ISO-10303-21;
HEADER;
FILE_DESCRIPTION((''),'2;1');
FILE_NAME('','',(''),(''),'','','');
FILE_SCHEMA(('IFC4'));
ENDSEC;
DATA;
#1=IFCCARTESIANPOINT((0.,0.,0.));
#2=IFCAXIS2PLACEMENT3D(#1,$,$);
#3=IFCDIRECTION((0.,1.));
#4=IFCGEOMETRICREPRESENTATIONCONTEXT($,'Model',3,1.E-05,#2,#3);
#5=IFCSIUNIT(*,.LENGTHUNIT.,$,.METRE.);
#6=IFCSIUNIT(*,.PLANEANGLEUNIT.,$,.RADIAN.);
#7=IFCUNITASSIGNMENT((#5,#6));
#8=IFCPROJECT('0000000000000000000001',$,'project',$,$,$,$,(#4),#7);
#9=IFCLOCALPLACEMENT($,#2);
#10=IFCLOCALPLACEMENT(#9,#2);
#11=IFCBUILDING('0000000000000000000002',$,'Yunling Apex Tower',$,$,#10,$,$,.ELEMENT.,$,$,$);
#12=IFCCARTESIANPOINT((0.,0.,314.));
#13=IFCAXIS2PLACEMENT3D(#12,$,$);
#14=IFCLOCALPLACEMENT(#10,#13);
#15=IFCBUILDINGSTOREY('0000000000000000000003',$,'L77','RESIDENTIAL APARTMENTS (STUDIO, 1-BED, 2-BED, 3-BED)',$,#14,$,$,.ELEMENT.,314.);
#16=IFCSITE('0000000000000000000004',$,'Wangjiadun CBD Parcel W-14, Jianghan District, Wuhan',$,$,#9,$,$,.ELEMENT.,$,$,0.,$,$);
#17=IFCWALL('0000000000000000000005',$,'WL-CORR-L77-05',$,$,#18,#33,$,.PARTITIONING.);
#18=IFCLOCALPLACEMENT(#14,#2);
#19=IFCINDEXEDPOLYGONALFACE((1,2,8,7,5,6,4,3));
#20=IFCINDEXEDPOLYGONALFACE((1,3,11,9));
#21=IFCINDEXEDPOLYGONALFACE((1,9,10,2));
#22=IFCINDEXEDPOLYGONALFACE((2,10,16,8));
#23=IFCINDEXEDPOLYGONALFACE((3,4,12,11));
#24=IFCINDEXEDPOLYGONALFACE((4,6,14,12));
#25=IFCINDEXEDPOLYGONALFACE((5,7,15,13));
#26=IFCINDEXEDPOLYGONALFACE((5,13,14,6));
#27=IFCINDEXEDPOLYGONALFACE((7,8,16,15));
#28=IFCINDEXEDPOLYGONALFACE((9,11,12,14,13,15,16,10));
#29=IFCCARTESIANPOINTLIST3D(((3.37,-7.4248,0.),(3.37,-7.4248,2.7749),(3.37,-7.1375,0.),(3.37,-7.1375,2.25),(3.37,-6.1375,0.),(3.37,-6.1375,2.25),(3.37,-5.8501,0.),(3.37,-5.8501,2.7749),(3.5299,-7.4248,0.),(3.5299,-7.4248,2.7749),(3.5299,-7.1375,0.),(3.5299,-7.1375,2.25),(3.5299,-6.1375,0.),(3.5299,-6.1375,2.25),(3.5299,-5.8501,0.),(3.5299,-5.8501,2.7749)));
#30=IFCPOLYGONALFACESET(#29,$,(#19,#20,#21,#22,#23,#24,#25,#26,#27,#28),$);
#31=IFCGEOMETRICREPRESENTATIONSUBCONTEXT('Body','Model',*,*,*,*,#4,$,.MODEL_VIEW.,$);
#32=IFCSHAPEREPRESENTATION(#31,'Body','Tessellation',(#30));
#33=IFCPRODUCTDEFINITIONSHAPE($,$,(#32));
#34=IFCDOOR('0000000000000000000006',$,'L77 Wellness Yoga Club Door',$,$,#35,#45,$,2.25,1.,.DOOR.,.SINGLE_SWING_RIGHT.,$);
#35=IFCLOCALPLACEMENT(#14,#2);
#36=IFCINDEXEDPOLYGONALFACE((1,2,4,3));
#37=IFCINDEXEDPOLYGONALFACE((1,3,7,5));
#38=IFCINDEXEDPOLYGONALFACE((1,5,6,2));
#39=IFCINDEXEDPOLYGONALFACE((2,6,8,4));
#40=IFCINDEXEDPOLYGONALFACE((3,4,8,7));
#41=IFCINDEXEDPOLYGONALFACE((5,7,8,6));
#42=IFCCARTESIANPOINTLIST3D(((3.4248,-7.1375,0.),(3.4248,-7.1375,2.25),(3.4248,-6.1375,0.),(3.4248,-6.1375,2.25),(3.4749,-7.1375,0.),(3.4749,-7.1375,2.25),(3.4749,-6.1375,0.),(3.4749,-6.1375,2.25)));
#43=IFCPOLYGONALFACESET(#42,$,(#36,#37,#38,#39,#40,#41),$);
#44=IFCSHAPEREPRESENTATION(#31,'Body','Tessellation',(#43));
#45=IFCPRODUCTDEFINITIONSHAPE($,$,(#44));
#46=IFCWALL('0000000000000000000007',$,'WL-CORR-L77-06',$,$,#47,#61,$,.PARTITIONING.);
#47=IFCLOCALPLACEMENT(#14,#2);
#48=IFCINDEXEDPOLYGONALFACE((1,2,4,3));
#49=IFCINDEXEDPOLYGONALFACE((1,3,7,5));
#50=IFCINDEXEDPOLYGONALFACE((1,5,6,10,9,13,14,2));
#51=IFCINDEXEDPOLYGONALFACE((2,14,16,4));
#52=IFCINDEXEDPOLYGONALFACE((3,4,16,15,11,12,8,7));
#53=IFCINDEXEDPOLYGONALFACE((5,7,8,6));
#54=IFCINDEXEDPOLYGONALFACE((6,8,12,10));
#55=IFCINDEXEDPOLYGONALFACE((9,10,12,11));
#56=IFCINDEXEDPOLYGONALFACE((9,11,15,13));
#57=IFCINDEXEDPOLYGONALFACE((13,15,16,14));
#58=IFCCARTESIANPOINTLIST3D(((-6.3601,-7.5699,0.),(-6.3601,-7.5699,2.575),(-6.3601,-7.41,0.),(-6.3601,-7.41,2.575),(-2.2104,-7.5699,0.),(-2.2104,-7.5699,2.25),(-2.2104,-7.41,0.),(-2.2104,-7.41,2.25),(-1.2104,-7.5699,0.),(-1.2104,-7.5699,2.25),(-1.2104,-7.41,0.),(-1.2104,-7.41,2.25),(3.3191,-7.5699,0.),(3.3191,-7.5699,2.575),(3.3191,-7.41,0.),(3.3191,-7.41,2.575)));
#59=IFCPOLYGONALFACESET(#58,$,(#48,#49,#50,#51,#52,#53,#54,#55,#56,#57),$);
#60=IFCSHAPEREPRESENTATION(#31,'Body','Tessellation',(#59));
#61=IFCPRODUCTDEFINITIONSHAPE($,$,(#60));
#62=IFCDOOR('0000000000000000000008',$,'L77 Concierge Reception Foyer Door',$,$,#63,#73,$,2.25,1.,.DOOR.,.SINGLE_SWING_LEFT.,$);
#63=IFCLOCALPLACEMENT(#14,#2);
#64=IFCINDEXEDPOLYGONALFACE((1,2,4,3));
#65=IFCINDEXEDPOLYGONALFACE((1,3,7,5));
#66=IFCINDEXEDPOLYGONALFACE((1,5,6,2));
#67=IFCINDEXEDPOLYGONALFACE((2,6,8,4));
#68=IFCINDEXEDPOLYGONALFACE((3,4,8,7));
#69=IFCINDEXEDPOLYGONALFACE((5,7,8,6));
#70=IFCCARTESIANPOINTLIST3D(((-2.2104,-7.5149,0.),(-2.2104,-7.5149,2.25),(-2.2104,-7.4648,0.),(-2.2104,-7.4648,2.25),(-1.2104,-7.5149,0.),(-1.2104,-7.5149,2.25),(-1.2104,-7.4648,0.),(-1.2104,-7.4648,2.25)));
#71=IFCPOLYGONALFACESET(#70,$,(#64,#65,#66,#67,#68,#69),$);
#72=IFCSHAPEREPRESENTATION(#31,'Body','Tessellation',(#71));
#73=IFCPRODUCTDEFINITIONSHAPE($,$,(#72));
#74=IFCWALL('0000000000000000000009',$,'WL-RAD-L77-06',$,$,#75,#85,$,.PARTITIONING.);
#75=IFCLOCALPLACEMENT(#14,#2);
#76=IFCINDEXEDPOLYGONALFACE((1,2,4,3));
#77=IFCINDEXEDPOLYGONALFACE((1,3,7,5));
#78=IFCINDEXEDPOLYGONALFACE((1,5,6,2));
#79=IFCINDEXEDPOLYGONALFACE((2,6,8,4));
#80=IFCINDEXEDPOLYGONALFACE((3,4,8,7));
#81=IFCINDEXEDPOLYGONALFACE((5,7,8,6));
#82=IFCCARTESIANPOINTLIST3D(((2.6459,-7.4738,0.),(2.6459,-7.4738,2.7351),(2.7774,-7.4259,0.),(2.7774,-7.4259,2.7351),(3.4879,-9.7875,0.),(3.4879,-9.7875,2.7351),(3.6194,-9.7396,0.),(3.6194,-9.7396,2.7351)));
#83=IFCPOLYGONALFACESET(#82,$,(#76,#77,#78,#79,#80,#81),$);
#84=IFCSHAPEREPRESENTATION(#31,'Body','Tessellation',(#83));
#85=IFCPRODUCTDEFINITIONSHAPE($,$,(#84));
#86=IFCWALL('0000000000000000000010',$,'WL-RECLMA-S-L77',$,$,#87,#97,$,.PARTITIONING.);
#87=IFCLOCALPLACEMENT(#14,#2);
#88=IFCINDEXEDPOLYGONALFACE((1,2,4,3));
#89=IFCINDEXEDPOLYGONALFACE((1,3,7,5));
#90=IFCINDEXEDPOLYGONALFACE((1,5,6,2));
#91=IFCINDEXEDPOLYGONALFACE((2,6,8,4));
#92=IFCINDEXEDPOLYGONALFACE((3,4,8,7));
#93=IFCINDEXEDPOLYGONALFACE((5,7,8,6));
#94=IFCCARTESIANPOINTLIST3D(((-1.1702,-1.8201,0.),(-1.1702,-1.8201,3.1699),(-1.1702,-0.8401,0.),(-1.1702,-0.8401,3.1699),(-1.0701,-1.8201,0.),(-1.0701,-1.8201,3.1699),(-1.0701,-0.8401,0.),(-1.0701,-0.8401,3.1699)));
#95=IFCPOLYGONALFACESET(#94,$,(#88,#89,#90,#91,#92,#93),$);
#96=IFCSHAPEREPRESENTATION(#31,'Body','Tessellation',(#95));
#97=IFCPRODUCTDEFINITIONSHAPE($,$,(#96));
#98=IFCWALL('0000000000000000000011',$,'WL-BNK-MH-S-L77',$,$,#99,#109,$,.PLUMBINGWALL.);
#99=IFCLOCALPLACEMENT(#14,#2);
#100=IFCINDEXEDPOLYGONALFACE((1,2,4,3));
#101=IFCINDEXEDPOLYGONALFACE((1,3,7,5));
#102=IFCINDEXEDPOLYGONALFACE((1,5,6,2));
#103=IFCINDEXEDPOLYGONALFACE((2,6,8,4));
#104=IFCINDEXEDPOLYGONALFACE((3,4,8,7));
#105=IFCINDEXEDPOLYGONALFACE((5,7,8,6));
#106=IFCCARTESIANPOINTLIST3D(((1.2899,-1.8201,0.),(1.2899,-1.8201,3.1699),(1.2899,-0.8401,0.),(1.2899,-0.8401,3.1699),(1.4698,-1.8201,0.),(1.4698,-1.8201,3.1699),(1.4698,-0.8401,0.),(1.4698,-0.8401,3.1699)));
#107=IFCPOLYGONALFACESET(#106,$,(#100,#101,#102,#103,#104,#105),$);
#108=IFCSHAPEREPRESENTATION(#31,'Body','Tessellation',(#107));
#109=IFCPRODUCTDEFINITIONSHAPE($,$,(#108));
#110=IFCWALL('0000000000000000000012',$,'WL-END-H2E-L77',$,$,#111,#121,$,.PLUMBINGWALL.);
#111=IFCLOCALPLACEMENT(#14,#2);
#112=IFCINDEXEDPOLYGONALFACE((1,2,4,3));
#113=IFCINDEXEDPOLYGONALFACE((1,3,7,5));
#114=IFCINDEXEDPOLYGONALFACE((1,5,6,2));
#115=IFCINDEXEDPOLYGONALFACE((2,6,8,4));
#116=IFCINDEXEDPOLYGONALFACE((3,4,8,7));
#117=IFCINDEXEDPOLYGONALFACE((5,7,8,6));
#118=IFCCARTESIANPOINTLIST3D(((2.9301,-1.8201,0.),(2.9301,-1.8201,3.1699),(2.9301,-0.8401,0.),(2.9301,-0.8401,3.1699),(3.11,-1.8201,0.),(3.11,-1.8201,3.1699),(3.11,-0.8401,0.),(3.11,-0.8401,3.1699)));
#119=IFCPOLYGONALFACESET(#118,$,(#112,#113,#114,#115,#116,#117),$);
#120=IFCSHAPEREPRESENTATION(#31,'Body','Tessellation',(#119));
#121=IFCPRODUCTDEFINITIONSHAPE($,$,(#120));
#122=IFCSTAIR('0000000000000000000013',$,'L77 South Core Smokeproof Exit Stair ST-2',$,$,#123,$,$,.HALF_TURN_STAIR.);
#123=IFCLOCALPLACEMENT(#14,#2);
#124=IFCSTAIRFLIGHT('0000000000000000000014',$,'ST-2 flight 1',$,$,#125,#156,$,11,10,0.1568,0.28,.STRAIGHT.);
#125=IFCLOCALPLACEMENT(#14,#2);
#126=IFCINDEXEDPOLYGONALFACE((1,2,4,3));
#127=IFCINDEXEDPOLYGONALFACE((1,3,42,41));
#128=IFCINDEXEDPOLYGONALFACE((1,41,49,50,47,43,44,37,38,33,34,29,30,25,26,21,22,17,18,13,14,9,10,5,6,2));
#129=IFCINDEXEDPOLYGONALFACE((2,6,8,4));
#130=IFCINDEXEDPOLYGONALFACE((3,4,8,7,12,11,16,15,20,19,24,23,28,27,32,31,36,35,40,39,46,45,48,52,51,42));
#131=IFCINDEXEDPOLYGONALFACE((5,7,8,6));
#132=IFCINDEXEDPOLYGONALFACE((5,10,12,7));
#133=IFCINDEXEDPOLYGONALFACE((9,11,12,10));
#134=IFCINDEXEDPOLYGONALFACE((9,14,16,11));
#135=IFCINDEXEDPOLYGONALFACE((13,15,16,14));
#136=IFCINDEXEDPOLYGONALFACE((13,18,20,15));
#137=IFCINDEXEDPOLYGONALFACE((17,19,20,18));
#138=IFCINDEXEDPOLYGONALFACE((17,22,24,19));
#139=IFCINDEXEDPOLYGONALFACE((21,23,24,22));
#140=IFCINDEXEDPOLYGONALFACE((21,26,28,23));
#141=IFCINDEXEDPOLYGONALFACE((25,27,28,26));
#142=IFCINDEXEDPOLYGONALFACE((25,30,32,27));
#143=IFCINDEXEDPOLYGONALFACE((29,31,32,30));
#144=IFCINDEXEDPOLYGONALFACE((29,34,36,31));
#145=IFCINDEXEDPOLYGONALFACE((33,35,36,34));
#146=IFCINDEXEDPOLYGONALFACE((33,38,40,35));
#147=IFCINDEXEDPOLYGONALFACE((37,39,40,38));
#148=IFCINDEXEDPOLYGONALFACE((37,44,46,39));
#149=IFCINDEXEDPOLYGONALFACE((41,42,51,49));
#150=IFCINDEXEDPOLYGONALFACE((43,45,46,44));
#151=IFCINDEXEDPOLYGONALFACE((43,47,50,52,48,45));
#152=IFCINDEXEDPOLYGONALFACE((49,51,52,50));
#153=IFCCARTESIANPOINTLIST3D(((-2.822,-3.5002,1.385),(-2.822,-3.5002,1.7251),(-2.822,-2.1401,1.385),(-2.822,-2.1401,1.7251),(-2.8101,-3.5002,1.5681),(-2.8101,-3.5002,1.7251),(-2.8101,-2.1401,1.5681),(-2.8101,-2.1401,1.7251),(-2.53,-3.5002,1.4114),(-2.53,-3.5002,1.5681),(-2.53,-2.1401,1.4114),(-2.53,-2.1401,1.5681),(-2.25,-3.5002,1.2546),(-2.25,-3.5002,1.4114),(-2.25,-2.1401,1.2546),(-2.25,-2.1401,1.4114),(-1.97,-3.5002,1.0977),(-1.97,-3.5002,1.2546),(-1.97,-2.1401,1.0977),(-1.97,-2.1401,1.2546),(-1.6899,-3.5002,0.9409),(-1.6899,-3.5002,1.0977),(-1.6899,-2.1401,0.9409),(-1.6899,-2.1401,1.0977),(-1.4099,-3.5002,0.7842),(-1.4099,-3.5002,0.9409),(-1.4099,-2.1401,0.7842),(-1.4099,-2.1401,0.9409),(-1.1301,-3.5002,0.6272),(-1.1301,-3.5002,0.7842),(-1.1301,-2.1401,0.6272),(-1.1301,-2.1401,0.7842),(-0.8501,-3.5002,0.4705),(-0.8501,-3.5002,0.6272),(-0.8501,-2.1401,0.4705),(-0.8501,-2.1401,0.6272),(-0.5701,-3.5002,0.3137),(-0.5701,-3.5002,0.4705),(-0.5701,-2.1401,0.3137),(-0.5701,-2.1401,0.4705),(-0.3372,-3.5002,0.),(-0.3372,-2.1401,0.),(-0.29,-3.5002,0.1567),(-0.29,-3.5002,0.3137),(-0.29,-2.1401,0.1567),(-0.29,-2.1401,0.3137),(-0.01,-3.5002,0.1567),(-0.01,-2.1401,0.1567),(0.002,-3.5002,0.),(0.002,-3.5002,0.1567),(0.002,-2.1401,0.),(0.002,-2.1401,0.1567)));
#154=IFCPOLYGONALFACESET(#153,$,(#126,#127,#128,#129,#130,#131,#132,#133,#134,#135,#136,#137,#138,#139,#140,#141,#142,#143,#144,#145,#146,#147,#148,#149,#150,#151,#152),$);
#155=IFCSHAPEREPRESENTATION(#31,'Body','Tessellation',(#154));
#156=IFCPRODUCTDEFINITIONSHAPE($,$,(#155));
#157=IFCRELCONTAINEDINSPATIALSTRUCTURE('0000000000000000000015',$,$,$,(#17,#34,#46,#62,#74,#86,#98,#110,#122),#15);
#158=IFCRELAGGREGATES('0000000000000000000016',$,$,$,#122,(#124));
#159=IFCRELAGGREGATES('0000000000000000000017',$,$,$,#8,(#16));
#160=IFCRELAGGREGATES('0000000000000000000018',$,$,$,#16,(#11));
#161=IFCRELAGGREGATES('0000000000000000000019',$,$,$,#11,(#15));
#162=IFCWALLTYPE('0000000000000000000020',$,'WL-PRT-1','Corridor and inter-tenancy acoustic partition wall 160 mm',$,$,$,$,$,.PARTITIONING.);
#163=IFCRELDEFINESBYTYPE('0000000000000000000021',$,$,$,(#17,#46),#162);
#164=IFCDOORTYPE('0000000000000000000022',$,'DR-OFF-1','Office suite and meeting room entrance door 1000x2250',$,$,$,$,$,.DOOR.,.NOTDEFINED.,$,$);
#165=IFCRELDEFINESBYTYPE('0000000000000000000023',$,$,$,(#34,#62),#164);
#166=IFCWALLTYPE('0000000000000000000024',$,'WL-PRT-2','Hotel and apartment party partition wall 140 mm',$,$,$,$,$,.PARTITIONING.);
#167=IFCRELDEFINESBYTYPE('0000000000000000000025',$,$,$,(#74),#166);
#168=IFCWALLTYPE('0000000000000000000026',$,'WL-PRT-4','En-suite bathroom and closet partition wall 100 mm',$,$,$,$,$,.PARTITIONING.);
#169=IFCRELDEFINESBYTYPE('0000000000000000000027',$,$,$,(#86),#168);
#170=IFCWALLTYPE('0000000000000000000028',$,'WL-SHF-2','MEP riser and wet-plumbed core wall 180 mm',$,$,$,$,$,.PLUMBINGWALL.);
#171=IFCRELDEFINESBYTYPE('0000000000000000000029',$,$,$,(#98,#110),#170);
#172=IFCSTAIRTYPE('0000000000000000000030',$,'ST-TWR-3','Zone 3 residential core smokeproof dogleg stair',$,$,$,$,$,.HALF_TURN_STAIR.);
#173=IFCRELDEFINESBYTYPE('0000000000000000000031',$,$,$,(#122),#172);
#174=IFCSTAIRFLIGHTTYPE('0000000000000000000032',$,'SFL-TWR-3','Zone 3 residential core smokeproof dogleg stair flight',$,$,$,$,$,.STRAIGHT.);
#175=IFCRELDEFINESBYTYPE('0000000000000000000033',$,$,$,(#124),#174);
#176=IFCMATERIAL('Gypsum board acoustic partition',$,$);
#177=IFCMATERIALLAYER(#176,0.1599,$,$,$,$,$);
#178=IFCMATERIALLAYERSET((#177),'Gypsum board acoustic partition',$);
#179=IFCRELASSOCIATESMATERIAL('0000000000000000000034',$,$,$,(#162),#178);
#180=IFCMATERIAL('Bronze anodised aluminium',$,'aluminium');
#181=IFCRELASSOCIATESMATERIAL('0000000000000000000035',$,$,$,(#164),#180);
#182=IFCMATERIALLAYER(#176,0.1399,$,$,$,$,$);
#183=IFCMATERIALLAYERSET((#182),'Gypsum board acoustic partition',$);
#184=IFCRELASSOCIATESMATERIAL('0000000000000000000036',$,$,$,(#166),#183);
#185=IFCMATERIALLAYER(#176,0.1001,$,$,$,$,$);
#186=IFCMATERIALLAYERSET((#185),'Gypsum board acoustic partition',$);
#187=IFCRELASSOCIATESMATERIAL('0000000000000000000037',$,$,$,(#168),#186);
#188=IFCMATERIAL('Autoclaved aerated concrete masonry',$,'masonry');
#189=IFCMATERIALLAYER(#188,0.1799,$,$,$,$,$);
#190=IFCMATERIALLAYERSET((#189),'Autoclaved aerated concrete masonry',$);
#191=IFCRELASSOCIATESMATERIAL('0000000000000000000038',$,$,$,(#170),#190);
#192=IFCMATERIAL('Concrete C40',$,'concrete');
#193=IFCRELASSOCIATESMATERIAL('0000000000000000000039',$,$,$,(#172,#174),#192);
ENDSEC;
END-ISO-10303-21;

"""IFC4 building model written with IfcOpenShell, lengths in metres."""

from ifc_helpers import new_model, si_unit, direction, frame, frame_2d, origin, place, context, subcontext, project, spatial, polyline, rectangle, outline, extrude, material, layer, layer_set, type_object, element, fill, aggregate, save


model = new_model("IFC4")

# Units and contexts
model_context = context("Model", 3, precision=1e-05, world=origin(), true_north=direction((0.0, 1.0)))
body_context = subcontext(model_context, "Body", "Model", "MODEL_VIEW")
ifc_project = project(units=[si_unit("LENGTHUNIT", "METRE"), si_unit("PLANEANGLEUNIT", "RADIAN")], contexts=[model_context])

# Site, building, storey
site_placement = place(None, origin())
site = spatial("IfcSite", under=ifc_project, at=site_placement, Name="Wangjiadun CBD Parcel W-14, Jianghan District, Wuhan", CompositionType="ELEMENT", RefElevation=0.0)
building_placement = place(site_placement, origin())
building = spatial("IfcBuilding", under=site, at=building_placement, Name="Yunling Apex Tower", CompositionType="ELEMENT")
storey_placement = place(building_placement, frame((0.0, 0.0, 314.0)))
storey = spatial("IfcBuildingStorey", under=building, at=storey_placement, Name="L77", Description="RESIDENTIAL APARTMENTS (STUDIO, 1-BED, 2-BED, 3-BED)", CompositionType="ELEMENT", Elevation=314.0)

# Shared definitions
ifc_material_1 = material(Name="Bronze anodised aluminium", Category="aluminium")

# Shared definitions
ifc_material_2 = material(Name="Concrete C40", Category="concrete")

# Walls, openings, doors
ifc_material_3 = material(Name="Gypsum board acoustic partition")
ifc_layer_1 = layer(ifc_material_3, 0.1599)
ifc_layer_set_1 = layer_set([ifc_layer_1], Name="Gypsum board acoustic partition")
wall_type_1 = type_object("IfcWallType", Name="WL-PRT-1", Description="Corridor and inter-tenancy acoustic partition wall 160 mm", PredefinedType="PARTITIONING", material=ifc_layer_set_1)
wall_1_placement = place(storey_placement, frame((3.45, -5.8501, 0.0), z_axis=(0.0, 0.0, 1.0), x_axis=(0.0, -1.0, 0.0)))
wall_1 = element("IfcWall", 1, at=wall_1_placement, inside=storey, type_object=wall_type_1, Name="WL-CORR-L77-05", PredefinedType="PARTITIONING", context=body_context, shape_type="SweptSolid", body=[
    extrude(rectangle(XDim=1.5747, YDim=0.1599, at=frame_2d((0.7874, 0.0))), origin(), (0.0, 0.0, 1.0), 2.7749),
])
opening_1_placement = place(wall_1_placement, frame((0.2874, 0.0, 0.0)))
opening_1 = element("IfcOpeningElement", 2, at=opening_1_placement, cuts=wall_1, PredefinedType="OPENING", context=body_context, shape_type="SweptSolid", body=[
    extrude(rectangle(XDim=1.0, YDim=2.25, at=frame_2d((0.5, 1.125))), frame((0.0, 0.0898, 0.0), z_axis=(0.0, -1.0, 0.0), x_axis=(1.0, 0.0, 0.0)), (0.0, 0.0, 1.0), 0.1799),
])
door_type_1 = type_object("IfcDoorType", Name="DR-OFF-1", Description="Office suite and meeting room entrance door 1000x2250", OperationType="NOTDEFINED", PredefinedType="DOOR", material=ifc_material_1)
door_1_placement = place(opening_1_placement, origin())
door_1 = element("IfcDoor", 3, at=door_1_placement, inside=storey, type_object=door_type_1, Name="L77 Wellness Yoga Club Door", OperationType="SINGLE_SWING_RIGHT", OverallHeight=2.25, OverallWidth=1.0, PredefinedType="DOOR", context=body_context, shape_type="SweptSolid", body=[
    extrude(rectangle(XDim=1.0, YDim=2.25, at=frame_2d((0.5, 1.125))), frame((0.0, 0.0249, 0.0), z_axis=(0.0, -1.0, 0.0), x_axis=(1.0, 0.0, 0.0)), (0.0, 0.0, 1.0), 0.05),
])
fill(opening_1, door_1)
wall_2_placement = place(storey_placement, frame((3.3191, -7.49, 0.0), z_axis=(0.0, 0.0, 1.0), x_axis=(-1.0, 0.0, 0.0)))
wall_2 = element("IfcWall", 4, at=wall_2_placement, inside=storey, type_object=wall_type_1, Name="WL-CORR-L77-06", PredefinedType="PARTITIONING", context=body_context, shape_type="SweptSolid", body=[
    extrude(rectangle(XDim=9.6792, YDim=0.1599, at=frame_2d((4.8396, 0.0))), origin(), (0.0, 0.0, 1.0), 2.575),
])
opening_2_placement = place(wall_2_placement, frame((4.5295, 0.0, 0.0)))
opening_2 = element("IfcOpeningElement", 5, at=opening_2_placement, cuts=wall_2, PredefinedType="OPENING", context=body_context, shape_type="SweptSolid", body=[
    extrude(rectangle(XDim=1.0, YDim=2.25, at=frame_2d((0.5, 1.125))), frame((0.0, 0.0898, 0.0), z_axis=(0.0, -1.0, 0.0), x_axis=(1.0, 0.0, 0.0)), (0.0, 0.0, 1.0), 0.1799),
])
door_2_placement = place(opening_2_placement, origin())
door_2 = element("IfcDoor", 6, at=door_2_placement, inside=storey, type_object=door_type_1, Name="L77 Concierge Reception Foyer Door", OperationType="SINGLE_SWING_LEFT", OverallHeight=2.25, OverallWidth=1.0, PredefinedType="DOOR", context=body_context, shape_type="SweptSolid", body=[
    extrude(rectangle(XDim=1.0, YDim=2.25, at=frame_2d((0.5, 1.125))), frame((0.0, 0.0249, 0.0), z_axis=(0.0, -1.0, 0.0), x_axis=(1.0, 0.0, 0.0)), (0.0, 0.0, 1.0), 0.05),
])
fill(opening_2, door_2)

# Walls
ifc_layer_2 = layer(ifc_material_3, 0.1399)
ifc_layer_set_2 = layer_set([ifc_layer_2], Name="Gypsum board acoustic partition")
wall_type_2 = type_object("IfcWallType", Name="WL-PRT-2", Description="Hotel and apartment party partition wall 140 mm", PredefinedType="PARTITIONING", material=ifc_layer_set_2)
wall_3_placement = place(storey_placement, frame((2.7117, -7.45, 0.0), z_axis=(0.0, 0.0, 1.0), x_axis=(0.34199, -0.939704, 0.0)))
element("IfcWall", 7, at=wall_3_placement, inside=storey, type_object=wall_type_2, Name="WL-RAD-L77-06", PredefinedType="PARTITIONING", context=body_context, shape_type="SweptSolid", body=[
    extrude(rectangle(XDim=2.4622, YDim=0.1399, at=frame_2d((1.231, 0.0))), origin(), (0.0, 0.0, 1.0), 2.7351),
])
ifc_layer_3 = layer(ifc_material_3, 0.1001)
ifc_layer_set_3 = layer_set([ifc_layer_3], Name="Gypsum board acoustic partition")
wall_type_3 = type_object("IfcWallType", Name="WL-PRT-4", Description="En-suite bathroom and closet partition wall 100 mm", PredefinedType="PARTITIONING", material=ifc_layer_set_3)
wall_4_placement = place(storey_placement, frame((-1.1201, -1.8201, 0.0), z_axis=(0.0, 0.0, 1.0), x_axis=(0.0, 1.0, 0.0)))
element("IfcWall", 8, at=wall_4_placement, inside=storey, type_object=wall_type_3, Name="WL-RECLMA-S-L77", PredefinedType="PARTITIONING", context=body_context, shape_type="SweptSolid", body=[
    extrude(rectangle(XDim=0.98, YDim=0.1001, at=frame_2d((0.49, 0.0))), origin(), (0.0, 0.0, 1.0), 3.1699),
])

# Shared definitions
ifc_material_4 = material(Name="Autoclaved aerated concrete masonry", Category="masonry")

# Walls
ifc_layer_4 = layer(ifc_material_4, 0.1799)
ifc_layer_set_4 = layer_set([ifc_layer_4], Name="Autoclaved aerated concrete masonry")
wall_type_4 = type_object("IfcWallType", Name="WL-SHF-2", Description="MEP riser and wet-plumbed core wall 180 mm", PredefinedType="PLUMBINGWALL", material=ifc_layer_set_4)
for number, where, z_axis, x_axis, name in (
    (9, (1.3799, -1.8201, 0.0), (0.0, 0.0, 1.0), (0.0, 1.0, 0.0), "WL-BNK-MH-S-L77"),
    (10, (3.02, -1.8201, 0.0), (0.0, 0.0, 1.0), (0.0, 1.0, 0.0), "WL-END-H2E-L77"),
):
    element("IfcWall", number, at=place(storey_placement, frame(where, z_axis=z_axis, x_axis=x_axis)), inside=storey, type_object=wall_type_4, Name=name, PredefinedType="PLUMBINGWALL", context=body_context, shape_type="SweptSolid", body=[
        extrude(rectangle(XDim=0.98, YDim=0.1799, at=frame_2d((0.49, 0.0))), origin(), (0.0, 0.0, 1.0), 3.1699),
    ])

# Stair, stair flight
stair_type = type_object("IfcStairType", Name="ST-TWR-3", Description="Zone 3 residential core smokeproof dogleg stair", PredefinedType="HALF_TURN_STAIR", material=ifc_material_2)
stair_placement = place(storey_placement, origin())
stair = element("IfcStair", 11, at=stair_placement, inside=storey, type_object=stair_type, Name="L77 South Core Smokeproof Exit Stair ST-2", PredefinedType="HALF_TURN_STAIR")
stair_flight_type = type_object("IfcStairFlightType", Name="SFL-TWR-3", Description="Zone 3 residential core smokeproof dogleg stair flight", PredefinedType="STRAIGHT", material=ifc_material_2)
stair_flight_1_placement = place(storey_placement, frame((-0.01, -2.8201, 0.0), z_axis=(0.0, 0.0, 1.0), x_axis=(-1.0, 0.0, 0.0)))
stair_flight_1 = element("IfcStairFlight", 12, at=stair_flight_1_placement, type_object=stair_flight_type, Name="ST-2 flight 1", NumberOfRisers=11, NumberOfTreads=10, PredefinedType="STRAIGHT", RiserHeight=0.1568, TreadLength=0.28, context=body_context, shape_type="SweptSolid", body=[
    extrude(outline(polyline([(-0.012, 0.0), (-0.012, 0.1567), (0.0, 0.1567), (0.28, 0.1567), (0.28, 0.3137), (0.5601, 0.3137), (0.5601, 0.4705), (0.8401, 0.4705), (0.8401, 0.6272), (1.1201, 0.6272), (1.1201, 0.7842), (1.3999, 0.7842), (1.3999, 0.9409), (1.6799, 0.9409), (1.6799, 1.0977), (1.96, 1.0977), (1.96, 1.2546), (2.24, 1.2546), (2.24, 1.4114), (2.52, 1.4114), (2.52, 1.5681), (2.8, 1.5681), (2.8, 1.7251), (2.812, 1.7251), (2.812, 1.385), (0.3271, 0.0), (-0.012, 0.0)])), frame((0.0, 0.6802, 0.0), z_axis=(0.0, -1.0, 0.0), x_axis=(1.0, 0.0, 0.0)), (0.0, 0.0, 1.0), 1.3601),
])
aggregate(stair, [stair_flight_1])

save(model, "model.ifc")
